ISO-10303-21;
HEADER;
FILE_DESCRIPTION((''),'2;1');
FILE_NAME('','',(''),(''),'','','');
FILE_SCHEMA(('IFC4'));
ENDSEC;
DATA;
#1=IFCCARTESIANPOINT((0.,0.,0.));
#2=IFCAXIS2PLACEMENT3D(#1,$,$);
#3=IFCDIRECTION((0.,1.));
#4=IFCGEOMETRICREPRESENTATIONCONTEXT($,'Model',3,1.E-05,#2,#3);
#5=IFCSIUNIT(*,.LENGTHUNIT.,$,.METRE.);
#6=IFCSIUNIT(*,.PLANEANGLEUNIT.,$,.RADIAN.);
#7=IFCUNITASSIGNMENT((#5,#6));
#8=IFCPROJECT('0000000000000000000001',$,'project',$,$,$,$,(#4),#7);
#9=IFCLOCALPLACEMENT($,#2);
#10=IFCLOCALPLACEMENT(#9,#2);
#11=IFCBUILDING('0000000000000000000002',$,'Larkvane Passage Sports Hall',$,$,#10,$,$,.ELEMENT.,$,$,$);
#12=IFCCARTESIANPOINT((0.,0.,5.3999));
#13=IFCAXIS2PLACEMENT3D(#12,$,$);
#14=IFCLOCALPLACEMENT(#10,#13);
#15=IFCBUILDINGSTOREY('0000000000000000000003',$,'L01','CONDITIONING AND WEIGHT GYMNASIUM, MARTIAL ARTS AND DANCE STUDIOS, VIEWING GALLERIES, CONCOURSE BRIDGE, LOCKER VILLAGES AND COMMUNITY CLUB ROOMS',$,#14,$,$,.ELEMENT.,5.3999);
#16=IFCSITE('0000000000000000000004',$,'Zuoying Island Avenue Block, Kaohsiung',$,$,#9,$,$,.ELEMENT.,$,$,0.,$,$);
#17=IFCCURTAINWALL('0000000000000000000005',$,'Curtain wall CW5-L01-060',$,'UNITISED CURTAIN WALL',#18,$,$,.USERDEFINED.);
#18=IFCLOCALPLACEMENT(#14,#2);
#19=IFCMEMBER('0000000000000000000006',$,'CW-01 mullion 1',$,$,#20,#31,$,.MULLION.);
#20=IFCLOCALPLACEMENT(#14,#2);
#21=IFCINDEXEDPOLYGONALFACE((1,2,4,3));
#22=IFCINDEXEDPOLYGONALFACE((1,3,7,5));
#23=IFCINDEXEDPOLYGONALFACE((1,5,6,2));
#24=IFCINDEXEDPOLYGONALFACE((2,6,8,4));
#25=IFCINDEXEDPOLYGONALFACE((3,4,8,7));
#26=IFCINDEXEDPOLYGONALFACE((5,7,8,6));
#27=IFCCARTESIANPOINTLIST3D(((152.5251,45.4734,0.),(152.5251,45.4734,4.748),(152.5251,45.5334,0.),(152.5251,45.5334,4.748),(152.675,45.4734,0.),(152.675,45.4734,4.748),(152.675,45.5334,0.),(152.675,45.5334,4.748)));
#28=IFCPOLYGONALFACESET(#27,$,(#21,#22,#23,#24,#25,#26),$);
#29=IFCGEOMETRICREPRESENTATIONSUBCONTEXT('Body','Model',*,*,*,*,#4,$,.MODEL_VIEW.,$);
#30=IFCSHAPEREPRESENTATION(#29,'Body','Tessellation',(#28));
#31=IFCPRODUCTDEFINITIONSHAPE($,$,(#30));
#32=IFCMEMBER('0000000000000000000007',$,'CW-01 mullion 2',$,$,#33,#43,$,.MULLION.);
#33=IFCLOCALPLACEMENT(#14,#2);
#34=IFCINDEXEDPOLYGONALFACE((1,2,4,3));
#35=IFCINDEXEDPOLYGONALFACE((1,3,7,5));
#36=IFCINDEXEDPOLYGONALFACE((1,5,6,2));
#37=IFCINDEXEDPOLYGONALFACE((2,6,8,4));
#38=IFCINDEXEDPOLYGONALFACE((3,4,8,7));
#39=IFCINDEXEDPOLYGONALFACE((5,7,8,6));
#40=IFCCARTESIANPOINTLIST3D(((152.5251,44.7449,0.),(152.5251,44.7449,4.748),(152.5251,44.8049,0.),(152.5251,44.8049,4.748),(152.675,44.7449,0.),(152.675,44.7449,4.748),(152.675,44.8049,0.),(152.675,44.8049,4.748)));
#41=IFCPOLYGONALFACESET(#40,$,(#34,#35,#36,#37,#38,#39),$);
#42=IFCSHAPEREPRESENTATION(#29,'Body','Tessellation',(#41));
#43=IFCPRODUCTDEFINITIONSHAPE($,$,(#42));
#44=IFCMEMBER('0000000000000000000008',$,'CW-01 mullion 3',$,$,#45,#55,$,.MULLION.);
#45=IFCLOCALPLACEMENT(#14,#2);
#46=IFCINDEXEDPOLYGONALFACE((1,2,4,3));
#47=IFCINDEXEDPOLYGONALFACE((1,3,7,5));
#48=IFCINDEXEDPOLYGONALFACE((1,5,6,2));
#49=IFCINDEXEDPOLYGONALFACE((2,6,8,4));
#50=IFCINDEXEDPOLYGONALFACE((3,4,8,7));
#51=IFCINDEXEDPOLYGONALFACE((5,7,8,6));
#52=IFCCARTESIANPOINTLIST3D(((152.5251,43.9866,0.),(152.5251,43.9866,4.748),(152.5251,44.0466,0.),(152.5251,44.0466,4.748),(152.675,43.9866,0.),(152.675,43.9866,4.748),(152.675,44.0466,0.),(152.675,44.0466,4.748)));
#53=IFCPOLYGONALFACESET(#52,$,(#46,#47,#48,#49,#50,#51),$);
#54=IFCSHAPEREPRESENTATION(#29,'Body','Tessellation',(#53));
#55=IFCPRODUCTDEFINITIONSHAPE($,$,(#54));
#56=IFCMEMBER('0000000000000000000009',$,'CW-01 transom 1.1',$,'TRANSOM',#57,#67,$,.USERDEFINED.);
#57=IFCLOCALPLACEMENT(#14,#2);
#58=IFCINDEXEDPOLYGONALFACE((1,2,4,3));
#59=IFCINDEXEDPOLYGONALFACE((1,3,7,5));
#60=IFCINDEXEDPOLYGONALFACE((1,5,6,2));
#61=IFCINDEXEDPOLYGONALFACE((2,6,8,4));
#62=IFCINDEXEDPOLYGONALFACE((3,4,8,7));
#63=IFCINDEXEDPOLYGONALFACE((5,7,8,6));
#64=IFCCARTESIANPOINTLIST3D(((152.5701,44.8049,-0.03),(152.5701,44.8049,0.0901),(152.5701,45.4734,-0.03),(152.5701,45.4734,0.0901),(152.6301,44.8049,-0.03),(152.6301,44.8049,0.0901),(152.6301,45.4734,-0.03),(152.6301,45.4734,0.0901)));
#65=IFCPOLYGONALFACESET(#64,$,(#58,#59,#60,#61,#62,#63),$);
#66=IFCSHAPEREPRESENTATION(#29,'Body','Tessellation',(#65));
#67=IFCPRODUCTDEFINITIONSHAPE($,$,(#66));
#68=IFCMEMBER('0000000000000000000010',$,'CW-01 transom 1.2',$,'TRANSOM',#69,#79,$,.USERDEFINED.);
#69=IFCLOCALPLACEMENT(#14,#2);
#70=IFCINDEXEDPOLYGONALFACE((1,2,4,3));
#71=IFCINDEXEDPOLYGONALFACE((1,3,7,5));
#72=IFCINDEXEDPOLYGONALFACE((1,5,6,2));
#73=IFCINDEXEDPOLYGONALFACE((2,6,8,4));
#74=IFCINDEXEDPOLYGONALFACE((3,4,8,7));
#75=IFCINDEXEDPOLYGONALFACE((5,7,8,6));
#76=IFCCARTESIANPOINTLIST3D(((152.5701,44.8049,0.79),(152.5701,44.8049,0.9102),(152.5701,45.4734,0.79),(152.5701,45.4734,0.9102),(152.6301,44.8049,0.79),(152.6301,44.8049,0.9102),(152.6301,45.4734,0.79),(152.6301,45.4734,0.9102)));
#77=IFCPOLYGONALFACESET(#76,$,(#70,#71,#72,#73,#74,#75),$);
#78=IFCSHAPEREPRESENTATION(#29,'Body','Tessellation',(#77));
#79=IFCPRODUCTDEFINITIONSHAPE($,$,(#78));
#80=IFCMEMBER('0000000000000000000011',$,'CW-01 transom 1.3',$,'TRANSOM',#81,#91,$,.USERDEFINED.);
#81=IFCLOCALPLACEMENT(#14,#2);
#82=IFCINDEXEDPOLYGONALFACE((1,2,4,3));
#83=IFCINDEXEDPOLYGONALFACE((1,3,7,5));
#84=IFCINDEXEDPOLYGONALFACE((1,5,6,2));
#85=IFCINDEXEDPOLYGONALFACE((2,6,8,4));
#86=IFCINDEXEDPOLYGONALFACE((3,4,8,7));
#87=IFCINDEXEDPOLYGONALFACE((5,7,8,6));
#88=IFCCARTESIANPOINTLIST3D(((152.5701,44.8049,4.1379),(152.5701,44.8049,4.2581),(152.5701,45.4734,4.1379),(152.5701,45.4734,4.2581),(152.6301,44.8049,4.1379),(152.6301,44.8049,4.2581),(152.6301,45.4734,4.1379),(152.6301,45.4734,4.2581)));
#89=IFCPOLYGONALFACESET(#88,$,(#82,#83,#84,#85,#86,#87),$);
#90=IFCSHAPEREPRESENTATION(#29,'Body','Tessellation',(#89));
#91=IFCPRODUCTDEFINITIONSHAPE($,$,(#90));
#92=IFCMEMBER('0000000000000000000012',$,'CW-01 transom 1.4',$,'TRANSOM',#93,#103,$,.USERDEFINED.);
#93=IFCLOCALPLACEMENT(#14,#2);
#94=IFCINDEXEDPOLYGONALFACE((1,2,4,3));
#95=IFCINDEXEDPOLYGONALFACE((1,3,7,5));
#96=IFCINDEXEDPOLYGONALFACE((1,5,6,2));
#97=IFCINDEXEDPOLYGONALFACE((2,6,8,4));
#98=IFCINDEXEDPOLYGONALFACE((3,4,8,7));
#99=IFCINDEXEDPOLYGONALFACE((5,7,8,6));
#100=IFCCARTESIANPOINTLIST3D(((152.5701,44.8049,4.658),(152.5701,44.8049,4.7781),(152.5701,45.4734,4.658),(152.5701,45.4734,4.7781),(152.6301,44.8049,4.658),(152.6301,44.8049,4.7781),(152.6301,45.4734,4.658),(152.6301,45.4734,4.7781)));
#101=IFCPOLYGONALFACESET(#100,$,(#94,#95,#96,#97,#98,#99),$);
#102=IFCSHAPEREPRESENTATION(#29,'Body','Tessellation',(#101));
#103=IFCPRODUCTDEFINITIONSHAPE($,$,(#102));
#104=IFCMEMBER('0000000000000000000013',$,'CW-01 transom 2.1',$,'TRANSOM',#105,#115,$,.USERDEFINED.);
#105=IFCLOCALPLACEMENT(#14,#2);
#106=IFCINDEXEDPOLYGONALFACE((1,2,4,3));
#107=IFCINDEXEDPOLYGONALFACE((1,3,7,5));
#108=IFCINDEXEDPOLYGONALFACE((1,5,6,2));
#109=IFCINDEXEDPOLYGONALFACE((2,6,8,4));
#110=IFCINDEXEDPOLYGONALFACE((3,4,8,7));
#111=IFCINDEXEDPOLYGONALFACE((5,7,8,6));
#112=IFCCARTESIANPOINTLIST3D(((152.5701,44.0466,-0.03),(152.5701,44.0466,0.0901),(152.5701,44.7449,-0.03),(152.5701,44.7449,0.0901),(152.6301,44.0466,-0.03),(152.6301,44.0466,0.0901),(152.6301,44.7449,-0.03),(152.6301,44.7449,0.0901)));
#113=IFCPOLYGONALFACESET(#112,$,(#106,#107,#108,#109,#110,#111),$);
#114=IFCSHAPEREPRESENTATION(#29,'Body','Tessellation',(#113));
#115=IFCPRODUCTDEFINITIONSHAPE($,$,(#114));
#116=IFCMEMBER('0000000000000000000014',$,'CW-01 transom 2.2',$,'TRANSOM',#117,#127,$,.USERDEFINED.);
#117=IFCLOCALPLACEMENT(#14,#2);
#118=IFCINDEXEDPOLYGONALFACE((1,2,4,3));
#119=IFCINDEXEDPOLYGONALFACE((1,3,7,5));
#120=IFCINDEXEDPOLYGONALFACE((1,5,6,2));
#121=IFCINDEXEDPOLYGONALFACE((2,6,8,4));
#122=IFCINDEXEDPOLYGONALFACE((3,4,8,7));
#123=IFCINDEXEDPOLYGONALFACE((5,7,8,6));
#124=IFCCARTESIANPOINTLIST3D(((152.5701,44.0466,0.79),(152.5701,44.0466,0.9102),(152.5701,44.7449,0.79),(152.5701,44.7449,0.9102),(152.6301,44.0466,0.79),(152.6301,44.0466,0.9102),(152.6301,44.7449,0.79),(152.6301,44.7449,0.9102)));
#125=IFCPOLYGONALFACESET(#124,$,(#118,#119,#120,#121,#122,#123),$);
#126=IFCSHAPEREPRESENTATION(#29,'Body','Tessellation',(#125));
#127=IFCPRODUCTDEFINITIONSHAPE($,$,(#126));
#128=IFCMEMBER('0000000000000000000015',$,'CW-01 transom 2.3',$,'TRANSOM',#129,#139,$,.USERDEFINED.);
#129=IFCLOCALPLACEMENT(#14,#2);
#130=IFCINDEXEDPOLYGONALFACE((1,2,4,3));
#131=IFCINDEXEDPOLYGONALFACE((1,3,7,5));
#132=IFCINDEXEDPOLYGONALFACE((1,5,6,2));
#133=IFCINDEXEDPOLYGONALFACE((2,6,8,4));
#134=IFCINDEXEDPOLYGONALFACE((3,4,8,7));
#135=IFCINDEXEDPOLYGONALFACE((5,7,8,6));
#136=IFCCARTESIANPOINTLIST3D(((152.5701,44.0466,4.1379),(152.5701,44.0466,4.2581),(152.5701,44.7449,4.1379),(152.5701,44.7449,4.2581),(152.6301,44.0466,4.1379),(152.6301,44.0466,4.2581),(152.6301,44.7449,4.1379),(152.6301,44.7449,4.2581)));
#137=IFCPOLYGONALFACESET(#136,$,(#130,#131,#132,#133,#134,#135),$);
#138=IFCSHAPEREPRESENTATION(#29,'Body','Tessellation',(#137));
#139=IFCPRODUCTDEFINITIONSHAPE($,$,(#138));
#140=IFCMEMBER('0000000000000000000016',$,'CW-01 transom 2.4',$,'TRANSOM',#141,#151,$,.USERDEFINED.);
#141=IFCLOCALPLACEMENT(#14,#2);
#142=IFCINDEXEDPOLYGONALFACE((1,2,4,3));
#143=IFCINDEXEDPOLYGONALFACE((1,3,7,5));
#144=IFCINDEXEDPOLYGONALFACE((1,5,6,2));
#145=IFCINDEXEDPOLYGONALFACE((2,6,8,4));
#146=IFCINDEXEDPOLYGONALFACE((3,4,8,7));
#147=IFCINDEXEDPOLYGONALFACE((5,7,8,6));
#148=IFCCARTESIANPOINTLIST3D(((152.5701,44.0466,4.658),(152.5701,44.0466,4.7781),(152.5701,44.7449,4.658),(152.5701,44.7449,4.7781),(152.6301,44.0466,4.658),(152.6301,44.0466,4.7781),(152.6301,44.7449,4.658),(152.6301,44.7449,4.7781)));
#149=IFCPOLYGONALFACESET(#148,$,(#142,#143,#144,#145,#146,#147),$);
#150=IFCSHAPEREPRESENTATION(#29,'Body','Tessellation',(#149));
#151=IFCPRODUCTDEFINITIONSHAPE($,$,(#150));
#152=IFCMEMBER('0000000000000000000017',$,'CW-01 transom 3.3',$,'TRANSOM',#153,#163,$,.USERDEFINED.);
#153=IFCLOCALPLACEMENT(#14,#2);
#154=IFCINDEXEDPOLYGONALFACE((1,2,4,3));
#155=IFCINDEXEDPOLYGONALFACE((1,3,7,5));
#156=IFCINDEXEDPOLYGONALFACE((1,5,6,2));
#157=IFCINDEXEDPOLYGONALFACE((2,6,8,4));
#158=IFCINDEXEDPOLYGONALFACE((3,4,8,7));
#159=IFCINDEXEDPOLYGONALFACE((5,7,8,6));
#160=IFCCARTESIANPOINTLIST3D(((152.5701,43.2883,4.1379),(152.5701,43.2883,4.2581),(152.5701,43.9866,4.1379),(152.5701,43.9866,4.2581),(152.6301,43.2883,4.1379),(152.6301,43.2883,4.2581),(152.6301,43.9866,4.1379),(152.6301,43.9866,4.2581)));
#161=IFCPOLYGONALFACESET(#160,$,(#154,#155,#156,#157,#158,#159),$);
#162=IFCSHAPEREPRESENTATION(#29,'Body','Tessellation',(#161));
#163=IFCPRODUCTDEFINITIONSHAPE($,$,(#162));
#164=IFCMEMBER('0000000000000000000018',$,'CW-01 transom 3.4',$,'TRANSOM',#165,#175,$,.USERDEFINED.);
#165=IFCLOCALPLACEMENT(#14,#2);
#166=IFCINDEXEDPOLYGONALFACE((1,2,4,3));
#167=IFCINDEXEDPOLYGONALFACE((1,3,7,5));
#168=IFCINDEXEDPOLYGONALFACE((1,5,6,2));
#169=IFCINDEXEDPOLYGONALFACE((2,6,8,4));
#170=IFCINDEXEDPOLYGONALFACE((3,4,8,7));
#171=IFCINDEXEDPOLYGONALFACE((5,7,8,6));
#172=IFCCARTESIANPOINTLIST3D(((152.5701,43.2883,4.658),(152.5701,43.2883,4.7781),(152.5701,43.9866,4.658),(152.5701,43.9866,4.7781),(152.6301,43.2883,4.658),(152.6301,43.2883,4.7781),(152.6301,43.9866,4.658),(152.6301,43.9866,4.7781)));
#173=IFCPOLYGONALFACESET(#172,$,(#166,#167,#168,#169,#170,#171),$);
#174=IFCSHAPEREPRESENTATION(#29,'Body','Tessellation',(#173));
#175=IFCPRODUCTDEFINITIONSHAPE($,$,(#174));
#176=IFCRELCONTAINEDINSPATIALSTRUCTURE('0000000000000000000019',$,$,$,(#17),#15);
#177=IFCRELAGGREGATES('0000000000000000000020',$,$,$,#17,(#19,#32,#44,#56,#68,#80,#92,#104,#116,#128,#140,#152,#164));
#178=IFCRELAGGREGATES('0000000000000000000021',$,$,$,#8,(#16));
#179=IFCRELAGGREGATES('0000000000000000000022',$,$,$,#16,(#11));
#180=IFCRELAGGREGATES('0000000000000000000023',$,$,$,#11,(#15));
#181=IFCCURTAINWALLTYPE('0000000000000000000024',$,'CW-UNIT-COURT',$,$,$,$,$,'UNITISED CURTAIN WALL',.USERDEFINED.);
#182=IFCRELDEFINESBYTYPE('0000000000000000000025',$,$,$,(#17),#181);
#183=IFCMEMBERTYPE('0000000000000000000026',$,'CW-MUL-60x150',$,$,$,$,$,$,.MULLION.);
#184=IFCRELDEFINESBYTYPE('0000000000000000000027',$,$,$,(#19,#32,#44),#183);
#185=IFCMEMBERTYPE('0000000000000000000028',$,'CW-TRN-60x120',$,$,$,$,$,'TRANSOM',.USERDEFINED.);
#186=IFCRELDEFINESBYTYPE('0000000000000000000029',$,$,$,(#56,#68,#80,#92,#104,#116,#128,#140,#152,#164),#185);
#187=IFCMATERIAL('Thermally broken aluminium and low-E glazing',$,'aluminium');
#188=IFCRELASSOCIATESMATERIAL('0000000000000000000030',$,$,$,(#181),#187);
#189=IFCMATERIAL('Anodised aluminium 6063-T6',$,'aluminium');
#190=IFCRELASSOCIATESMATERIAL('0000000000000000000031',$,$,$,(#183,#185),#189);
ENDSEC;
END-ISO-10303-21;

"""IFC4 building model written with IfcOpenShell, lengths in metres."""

from ifc_helpers import new_model, si_unit, direction, frame, origin, origin_2d, place, context, subcontext, project, spatial, rectangle, extrude, material, material_profile, profile_set, type_object, element, aggregate, save


model = new_model("IFC4")

# Units and contexts
model_context = context("Model", 3, precision=1e-05, world=origin(), true_north=direction((0.0, 1.0)))
body_context = subcontext(model_context, "Body", "Model", "MODEL_VIEW")
ifc_project = project(units=[si_unit("LENGTHUNIT", "METRE"), si_unit("PLANEANGLEUNIT", "RADIAN")], contexts=[model_context])

# Site, building, storey
site_placement = place(None, origin())
site = spatial("IfcSite", under=ifc_project, at=site_placement, Name="Zuoying Island Avenue Block, Kaohsiung", CompositionType="ELEMENT", RefElevation=0.0)
building_placement = place(site_placement, origin())
building = spatial("IfcBuilding", under=site, at=building_placement, Name="Larkvane Passage Sports Hall", CompositionType="ELEMENT")
storey_placement = place(building_placement, frame((0.0, 0.0, 5.3999)))
storey = spatial("IfcBuildingStorey", under=building, at=storey_placement, Name="L01", Description="CONDITIONING AND WEIGHT GYMNASIUM, MARTIAL ARTS AND DANCE STUDIOS, VIEWING GALLERIES, CONCOURSE BRIDGE, LOCKER VILLAGES AND COMMUNITY CLUB ROOMS", CompositionType="ELEMENT", Elevation=5.3999)

# Curtain wall, members
ifc_material_1 = material(Name="Thermally broken aluminium and low-E glazing", Category="aluminium")
curtain_wall_type = type_object("IfcCurtainWallType", Name="CW-UNIT-COURT", ElementType="UNITISED CURTAIN WALL", PredefinedType="USERDEFINED", material=ifc_material_1)
curtain_wall_placement = place(storey_placement, origin())
curtain_wall = element("IfcCurtainWall", 1, at=curtain_wall_placement, inside=storey, type_object=curtain_wall_type, Name="Curtain wall CW5-L01-060", ObjectType="UNITISED CURTAIN WALL", PredefinedType="USERDEFINED")
ifc_material_2 = material(Name="Anodised aluminium 6063-T6", Category="aluminium")
ifc_material_profile_1 = material_profile(ifc_material_2, rectangle(XDim=0.0601, YDim=0.1499, at=origin_2d()), Name="ALU-MUL-60x150")
ifc_profile_set_1 = profile_set([ifc_material_profile_1], Name="Anodised aluminium 6063-T6")
member_type_1 = type_object("IfcMemberType", Name="CW-MUL-60x150", PredefinedType="MULLION", material=ifc_profile_set_1)
member_1_placement = place(storey_placement, frame((152.6001, 45.5034, 0.0), z_axis=(0.0, 0.0, 1.0), x_axis=(0.0, -1.0, 0.0)))
member_1 = element("IfcMember", 2, at=member_1_placement, type_object=member_type_1, Name="CW-01 mullion 1", PredefinedType="MULLION", context=body_context, shape_type="SweptSolid", body=[
    extrude(rectangle(XDim=0.0601, YDim=0.1499, at=origin_2d()), origin(), (0.0, 0.0, 1.0), 4.748),
])
member_2_placement = place(storey_placement, frame((152.6001, 44.7749, 0.0), z_axis=(0.0, 0.0, 1.0), x_axis=(0.0, -1.0, 0.0)))
member_2 = element("IfcMember", 3, at=member_2_placement, type_object=member_type_1, Name="CW-01 mullion 2", PredefinedType="MULLION", context=body_context, shape_type="SweptSolid", body=[
    extrude(rectangle(XDim=0.0601, YDim=0.1499, at=origin_2d()), origin(), (0.0, 0.0, 1.0), 4.748),
])
member_3_placement = place(storey_placement, frame((152.6001, 44.0166, 0.0), z_axis=(0.0, 0.0, 1.0), x_axis=(0.0, -1.0, 0.0)))
member_3 = element("IfcMember", 4, at=member_3_placement, type_object=member_type_1, Name="CW-01 mullion 3", PredefinedType="MULLION", context=body_context, shape_type="SweptSolid", body=[
    extrude(rectangle(XDim=0.0601, YDim=0.1499, at=origin_2d()), origin(), (0.0, 0.0, 1.0), 4.748),
])
ifc_material_profile_2 = material_profile(ifc_material_2, rectangle(XDim=0.0601, YDim=0.1201, at=origin_2d()), Name="ALU-TRN-60x120")
ifc_profile_set_2 = profile_set([ifc_material_profile_2], Name="Anodised aluminium 6063-T6")
member_type_2 = type_object("IfcMemberType", Name="CW-TRN-60x120", ElementType="TRANSOM", PredefinedType="USERDEFINED", material=ifc_profile_set_2)
member_4_placement = place(storey_placement, frame((152.6001, 45.4734, 0.03), z_axis=(0.0, -1.0, 0.0), x_axis=(1.0, 0.0, 0.0)))
member_4 = element("IfcMember", 5, at=member_4_placement, type_object=member_type_2, Name="CW-01 transom 1.1", ObjectType="TRANSOM", PredefinedType="USERDEFINED", context=body_context, shape_type="SweptSolid", body=[
    extrude(rectangle(XDim=0.0601, YDim=0.1201, at=origin_2d()), origin(), (0.0, 0.0, 1.0), 0.6685),
])
member_5_placement = place(storey_placement, frame((152.6001, 45.4734, 0.8501), z_axis=(0.0, -1.0, 0.0), x_axis=(1.0, 0.0, 0.0)))
member_5 = element("IfcMember", 6, at=member_5_placement, type_object=member_type_2, Name="CW-01 transom 1.2", ObjectType="TRANSOM", PredefinedType="USERDEFINED", context=body_context, shape_type="SweptSolid", body=[
    extrude(rectangle(XDim=0.0601, YDim=0.1201, at=origin_2d()), origin(), (0.0, 0.0, 1.0), 0.6685),
])
member_6_placement = place(storey_placement, frame((152.6001, 45.4734, 4.198), z_axis=(0.0, -1.0, 0.0), x_axis=(1.0, 0.0, 0.0)))
member_6 = element("IfcMember", 7, at=member_6_placement, type_object=member_type_2, Name="CW-01 transom 1.3", ObjectType="TRANSOM", PredefinedType="USERDEFINED", context=body_context, shape_type="SweptSolid", body=[
    extrude(rectangle(XDim=0.0601, YDim=0.1201, at=origin_2d()), origin(), (0.0, 0.0, 1.0), 0.6685),
])
member_7_placement = place(storey_placement, frame((152.6001, 45.4734, 4.718), z_axis=(0.0, -1.0, 0.0), x_axis=(1.0, 0.0, 0.0)))
member_7 = element("IfcMember", 8, at=member_7_placement, type_object=member_type_2, Name="CW-01 transom 1.4", ObjectType="TRANSOM", PredefinedType="USERDEFINED", context=body_context, shape_type="SweptSolid", body=[
    extrude(rectangle(XDim=0.0601, YDim=0.1201, at=origin_2d()), origin(), (0.0, 0.0, 1.0), 0.6685),
])
member_8_placement = place(storey_placement, frame((152.6001, 44.7449, 0.03), z_axis=(0.0, -1.0, 0.0), x_axis=(1.0, 0.0, 0.0)))
member_8 = element("IfcMember", 9, at=member_8_placement, type_object=member_type_2, Name="CW-01 transom 2.1", ObjectType="TRANSOM", PredefinedType="USERDEFINED", context=body_context, shape_type="SweptSolid", body=[
    extrude(rectangle(XDim=0.0601, YDim=0.1201, at=origin_2d()), origin(), (0.0, 0.0, 1.0), 0.6982),
])
member_9_placement = place(storey_placement, frame((152.6001, 44.7449, 0.8501), z_axis=(0.0, -1.0, 0.0), x_axis=(1.0, 0.0, 0.0)))
member_9 = element("IfcMember", 10, at=member_9_placement, type_object=member_type_2, Name="CW-01 transom 2.2", ObjectType="TRANSOM", PredefinedType="USERDEFINED", context=body_context, shape_type="SweptSolid", body=[
    extrude(rectangle(XDim=0.0601, YDim=0.1201, at=origin_2d()), origin(), (0.0, 0.0, 1.0), 0.6982),
])
member_10_placement = place(storey_placement, frame((152.6001, 44.7449, 4.198), z_axis=(0.0, -1.0, 0.0), x_axis=(1.0, 0.0, 0.0)))
member_10 = element("IfcMember", 11, at=member_10_placement, type_object=member_type_2, Name="CW-01 transom 2.3", ObjectType="TRANSOM", PredefinedType="USERDEFINED", context=body_context, shape_type="SweptSolid", body=[
    extrude(rectangle(XDim=0.0601, YDim=0.1201, at=origin_2d()), origin(), (0.0, 0.0, 1.0), 0.6982),
])
member_11_placement = place(storey_placement, frame((152.6001, 44.7449, 4.718), z_axis=(0.0, -1.0, 0.0), x_axis=(1.0, 0.0, 0.0)))
member_11 = element("IfcMember", 12, at=member_11_placement, type_object=member_type_2, Name="CW-01 transom 2.4", ObjectType="TRANSOM", PredefinedType="USERDEFINED", context=body_context, shape_type="SweptSolid", body=[
    extrude(rectangle(XDim=0.0601, YDim=0.1201, at=origin_2d()), origin(), (0.0, 0.0, 1.0), 0.6982),
])
member_12_placement = place(storey_placement, frame((152.6001, 43.9866, 4.198), z_axis=(0.0, -1.0, 0.0), x_axis=(1.0, 0.0, 0.0)))
member_12 = element("IfcMember", 13, at=member_12_placement, type_object=member_type_2, Name="CW-01 transom 3.3", ObjectType="TRANSOM", PredefinedType="USERDEFINED", context=body_context, shape_type="SweptSolid", body=[
    extrude(rectangle(XDim=0.0601, YDim=0.1201, at=origin_2d()), origin(), (0.0, 0.0, 1.0), 0.6982),
])
member_13_placement = place(storey_placement, frame((152.6001, 43.9866, 4.718), z_axis=(0.0, -1.0, 0.0), x_axis=(1.0, 0.0, 0.0)))
member_13 = element("IfcMember", 14, at=member_13_placement, type_object=member_type_2, Name="CW-01 transom 3.4", ObjectType="TRANSOM", PredefinedType="USERDEFINED", context=body_context, shape_type="SweptSolid", body=[
    extrude(rectangle(XDim=0.0601, YDim=0.1201, at=origin_2d()), origin(), (0.0, 0.0, 1.0), 0.6982),
])

aggregate(curtain_wall, [member_1, member_2, member_3, member_4, member_5, member_6, member_7, member_8, member_9, member_10, member_11, member_12, member_13])

save(model, "model.ifc")
